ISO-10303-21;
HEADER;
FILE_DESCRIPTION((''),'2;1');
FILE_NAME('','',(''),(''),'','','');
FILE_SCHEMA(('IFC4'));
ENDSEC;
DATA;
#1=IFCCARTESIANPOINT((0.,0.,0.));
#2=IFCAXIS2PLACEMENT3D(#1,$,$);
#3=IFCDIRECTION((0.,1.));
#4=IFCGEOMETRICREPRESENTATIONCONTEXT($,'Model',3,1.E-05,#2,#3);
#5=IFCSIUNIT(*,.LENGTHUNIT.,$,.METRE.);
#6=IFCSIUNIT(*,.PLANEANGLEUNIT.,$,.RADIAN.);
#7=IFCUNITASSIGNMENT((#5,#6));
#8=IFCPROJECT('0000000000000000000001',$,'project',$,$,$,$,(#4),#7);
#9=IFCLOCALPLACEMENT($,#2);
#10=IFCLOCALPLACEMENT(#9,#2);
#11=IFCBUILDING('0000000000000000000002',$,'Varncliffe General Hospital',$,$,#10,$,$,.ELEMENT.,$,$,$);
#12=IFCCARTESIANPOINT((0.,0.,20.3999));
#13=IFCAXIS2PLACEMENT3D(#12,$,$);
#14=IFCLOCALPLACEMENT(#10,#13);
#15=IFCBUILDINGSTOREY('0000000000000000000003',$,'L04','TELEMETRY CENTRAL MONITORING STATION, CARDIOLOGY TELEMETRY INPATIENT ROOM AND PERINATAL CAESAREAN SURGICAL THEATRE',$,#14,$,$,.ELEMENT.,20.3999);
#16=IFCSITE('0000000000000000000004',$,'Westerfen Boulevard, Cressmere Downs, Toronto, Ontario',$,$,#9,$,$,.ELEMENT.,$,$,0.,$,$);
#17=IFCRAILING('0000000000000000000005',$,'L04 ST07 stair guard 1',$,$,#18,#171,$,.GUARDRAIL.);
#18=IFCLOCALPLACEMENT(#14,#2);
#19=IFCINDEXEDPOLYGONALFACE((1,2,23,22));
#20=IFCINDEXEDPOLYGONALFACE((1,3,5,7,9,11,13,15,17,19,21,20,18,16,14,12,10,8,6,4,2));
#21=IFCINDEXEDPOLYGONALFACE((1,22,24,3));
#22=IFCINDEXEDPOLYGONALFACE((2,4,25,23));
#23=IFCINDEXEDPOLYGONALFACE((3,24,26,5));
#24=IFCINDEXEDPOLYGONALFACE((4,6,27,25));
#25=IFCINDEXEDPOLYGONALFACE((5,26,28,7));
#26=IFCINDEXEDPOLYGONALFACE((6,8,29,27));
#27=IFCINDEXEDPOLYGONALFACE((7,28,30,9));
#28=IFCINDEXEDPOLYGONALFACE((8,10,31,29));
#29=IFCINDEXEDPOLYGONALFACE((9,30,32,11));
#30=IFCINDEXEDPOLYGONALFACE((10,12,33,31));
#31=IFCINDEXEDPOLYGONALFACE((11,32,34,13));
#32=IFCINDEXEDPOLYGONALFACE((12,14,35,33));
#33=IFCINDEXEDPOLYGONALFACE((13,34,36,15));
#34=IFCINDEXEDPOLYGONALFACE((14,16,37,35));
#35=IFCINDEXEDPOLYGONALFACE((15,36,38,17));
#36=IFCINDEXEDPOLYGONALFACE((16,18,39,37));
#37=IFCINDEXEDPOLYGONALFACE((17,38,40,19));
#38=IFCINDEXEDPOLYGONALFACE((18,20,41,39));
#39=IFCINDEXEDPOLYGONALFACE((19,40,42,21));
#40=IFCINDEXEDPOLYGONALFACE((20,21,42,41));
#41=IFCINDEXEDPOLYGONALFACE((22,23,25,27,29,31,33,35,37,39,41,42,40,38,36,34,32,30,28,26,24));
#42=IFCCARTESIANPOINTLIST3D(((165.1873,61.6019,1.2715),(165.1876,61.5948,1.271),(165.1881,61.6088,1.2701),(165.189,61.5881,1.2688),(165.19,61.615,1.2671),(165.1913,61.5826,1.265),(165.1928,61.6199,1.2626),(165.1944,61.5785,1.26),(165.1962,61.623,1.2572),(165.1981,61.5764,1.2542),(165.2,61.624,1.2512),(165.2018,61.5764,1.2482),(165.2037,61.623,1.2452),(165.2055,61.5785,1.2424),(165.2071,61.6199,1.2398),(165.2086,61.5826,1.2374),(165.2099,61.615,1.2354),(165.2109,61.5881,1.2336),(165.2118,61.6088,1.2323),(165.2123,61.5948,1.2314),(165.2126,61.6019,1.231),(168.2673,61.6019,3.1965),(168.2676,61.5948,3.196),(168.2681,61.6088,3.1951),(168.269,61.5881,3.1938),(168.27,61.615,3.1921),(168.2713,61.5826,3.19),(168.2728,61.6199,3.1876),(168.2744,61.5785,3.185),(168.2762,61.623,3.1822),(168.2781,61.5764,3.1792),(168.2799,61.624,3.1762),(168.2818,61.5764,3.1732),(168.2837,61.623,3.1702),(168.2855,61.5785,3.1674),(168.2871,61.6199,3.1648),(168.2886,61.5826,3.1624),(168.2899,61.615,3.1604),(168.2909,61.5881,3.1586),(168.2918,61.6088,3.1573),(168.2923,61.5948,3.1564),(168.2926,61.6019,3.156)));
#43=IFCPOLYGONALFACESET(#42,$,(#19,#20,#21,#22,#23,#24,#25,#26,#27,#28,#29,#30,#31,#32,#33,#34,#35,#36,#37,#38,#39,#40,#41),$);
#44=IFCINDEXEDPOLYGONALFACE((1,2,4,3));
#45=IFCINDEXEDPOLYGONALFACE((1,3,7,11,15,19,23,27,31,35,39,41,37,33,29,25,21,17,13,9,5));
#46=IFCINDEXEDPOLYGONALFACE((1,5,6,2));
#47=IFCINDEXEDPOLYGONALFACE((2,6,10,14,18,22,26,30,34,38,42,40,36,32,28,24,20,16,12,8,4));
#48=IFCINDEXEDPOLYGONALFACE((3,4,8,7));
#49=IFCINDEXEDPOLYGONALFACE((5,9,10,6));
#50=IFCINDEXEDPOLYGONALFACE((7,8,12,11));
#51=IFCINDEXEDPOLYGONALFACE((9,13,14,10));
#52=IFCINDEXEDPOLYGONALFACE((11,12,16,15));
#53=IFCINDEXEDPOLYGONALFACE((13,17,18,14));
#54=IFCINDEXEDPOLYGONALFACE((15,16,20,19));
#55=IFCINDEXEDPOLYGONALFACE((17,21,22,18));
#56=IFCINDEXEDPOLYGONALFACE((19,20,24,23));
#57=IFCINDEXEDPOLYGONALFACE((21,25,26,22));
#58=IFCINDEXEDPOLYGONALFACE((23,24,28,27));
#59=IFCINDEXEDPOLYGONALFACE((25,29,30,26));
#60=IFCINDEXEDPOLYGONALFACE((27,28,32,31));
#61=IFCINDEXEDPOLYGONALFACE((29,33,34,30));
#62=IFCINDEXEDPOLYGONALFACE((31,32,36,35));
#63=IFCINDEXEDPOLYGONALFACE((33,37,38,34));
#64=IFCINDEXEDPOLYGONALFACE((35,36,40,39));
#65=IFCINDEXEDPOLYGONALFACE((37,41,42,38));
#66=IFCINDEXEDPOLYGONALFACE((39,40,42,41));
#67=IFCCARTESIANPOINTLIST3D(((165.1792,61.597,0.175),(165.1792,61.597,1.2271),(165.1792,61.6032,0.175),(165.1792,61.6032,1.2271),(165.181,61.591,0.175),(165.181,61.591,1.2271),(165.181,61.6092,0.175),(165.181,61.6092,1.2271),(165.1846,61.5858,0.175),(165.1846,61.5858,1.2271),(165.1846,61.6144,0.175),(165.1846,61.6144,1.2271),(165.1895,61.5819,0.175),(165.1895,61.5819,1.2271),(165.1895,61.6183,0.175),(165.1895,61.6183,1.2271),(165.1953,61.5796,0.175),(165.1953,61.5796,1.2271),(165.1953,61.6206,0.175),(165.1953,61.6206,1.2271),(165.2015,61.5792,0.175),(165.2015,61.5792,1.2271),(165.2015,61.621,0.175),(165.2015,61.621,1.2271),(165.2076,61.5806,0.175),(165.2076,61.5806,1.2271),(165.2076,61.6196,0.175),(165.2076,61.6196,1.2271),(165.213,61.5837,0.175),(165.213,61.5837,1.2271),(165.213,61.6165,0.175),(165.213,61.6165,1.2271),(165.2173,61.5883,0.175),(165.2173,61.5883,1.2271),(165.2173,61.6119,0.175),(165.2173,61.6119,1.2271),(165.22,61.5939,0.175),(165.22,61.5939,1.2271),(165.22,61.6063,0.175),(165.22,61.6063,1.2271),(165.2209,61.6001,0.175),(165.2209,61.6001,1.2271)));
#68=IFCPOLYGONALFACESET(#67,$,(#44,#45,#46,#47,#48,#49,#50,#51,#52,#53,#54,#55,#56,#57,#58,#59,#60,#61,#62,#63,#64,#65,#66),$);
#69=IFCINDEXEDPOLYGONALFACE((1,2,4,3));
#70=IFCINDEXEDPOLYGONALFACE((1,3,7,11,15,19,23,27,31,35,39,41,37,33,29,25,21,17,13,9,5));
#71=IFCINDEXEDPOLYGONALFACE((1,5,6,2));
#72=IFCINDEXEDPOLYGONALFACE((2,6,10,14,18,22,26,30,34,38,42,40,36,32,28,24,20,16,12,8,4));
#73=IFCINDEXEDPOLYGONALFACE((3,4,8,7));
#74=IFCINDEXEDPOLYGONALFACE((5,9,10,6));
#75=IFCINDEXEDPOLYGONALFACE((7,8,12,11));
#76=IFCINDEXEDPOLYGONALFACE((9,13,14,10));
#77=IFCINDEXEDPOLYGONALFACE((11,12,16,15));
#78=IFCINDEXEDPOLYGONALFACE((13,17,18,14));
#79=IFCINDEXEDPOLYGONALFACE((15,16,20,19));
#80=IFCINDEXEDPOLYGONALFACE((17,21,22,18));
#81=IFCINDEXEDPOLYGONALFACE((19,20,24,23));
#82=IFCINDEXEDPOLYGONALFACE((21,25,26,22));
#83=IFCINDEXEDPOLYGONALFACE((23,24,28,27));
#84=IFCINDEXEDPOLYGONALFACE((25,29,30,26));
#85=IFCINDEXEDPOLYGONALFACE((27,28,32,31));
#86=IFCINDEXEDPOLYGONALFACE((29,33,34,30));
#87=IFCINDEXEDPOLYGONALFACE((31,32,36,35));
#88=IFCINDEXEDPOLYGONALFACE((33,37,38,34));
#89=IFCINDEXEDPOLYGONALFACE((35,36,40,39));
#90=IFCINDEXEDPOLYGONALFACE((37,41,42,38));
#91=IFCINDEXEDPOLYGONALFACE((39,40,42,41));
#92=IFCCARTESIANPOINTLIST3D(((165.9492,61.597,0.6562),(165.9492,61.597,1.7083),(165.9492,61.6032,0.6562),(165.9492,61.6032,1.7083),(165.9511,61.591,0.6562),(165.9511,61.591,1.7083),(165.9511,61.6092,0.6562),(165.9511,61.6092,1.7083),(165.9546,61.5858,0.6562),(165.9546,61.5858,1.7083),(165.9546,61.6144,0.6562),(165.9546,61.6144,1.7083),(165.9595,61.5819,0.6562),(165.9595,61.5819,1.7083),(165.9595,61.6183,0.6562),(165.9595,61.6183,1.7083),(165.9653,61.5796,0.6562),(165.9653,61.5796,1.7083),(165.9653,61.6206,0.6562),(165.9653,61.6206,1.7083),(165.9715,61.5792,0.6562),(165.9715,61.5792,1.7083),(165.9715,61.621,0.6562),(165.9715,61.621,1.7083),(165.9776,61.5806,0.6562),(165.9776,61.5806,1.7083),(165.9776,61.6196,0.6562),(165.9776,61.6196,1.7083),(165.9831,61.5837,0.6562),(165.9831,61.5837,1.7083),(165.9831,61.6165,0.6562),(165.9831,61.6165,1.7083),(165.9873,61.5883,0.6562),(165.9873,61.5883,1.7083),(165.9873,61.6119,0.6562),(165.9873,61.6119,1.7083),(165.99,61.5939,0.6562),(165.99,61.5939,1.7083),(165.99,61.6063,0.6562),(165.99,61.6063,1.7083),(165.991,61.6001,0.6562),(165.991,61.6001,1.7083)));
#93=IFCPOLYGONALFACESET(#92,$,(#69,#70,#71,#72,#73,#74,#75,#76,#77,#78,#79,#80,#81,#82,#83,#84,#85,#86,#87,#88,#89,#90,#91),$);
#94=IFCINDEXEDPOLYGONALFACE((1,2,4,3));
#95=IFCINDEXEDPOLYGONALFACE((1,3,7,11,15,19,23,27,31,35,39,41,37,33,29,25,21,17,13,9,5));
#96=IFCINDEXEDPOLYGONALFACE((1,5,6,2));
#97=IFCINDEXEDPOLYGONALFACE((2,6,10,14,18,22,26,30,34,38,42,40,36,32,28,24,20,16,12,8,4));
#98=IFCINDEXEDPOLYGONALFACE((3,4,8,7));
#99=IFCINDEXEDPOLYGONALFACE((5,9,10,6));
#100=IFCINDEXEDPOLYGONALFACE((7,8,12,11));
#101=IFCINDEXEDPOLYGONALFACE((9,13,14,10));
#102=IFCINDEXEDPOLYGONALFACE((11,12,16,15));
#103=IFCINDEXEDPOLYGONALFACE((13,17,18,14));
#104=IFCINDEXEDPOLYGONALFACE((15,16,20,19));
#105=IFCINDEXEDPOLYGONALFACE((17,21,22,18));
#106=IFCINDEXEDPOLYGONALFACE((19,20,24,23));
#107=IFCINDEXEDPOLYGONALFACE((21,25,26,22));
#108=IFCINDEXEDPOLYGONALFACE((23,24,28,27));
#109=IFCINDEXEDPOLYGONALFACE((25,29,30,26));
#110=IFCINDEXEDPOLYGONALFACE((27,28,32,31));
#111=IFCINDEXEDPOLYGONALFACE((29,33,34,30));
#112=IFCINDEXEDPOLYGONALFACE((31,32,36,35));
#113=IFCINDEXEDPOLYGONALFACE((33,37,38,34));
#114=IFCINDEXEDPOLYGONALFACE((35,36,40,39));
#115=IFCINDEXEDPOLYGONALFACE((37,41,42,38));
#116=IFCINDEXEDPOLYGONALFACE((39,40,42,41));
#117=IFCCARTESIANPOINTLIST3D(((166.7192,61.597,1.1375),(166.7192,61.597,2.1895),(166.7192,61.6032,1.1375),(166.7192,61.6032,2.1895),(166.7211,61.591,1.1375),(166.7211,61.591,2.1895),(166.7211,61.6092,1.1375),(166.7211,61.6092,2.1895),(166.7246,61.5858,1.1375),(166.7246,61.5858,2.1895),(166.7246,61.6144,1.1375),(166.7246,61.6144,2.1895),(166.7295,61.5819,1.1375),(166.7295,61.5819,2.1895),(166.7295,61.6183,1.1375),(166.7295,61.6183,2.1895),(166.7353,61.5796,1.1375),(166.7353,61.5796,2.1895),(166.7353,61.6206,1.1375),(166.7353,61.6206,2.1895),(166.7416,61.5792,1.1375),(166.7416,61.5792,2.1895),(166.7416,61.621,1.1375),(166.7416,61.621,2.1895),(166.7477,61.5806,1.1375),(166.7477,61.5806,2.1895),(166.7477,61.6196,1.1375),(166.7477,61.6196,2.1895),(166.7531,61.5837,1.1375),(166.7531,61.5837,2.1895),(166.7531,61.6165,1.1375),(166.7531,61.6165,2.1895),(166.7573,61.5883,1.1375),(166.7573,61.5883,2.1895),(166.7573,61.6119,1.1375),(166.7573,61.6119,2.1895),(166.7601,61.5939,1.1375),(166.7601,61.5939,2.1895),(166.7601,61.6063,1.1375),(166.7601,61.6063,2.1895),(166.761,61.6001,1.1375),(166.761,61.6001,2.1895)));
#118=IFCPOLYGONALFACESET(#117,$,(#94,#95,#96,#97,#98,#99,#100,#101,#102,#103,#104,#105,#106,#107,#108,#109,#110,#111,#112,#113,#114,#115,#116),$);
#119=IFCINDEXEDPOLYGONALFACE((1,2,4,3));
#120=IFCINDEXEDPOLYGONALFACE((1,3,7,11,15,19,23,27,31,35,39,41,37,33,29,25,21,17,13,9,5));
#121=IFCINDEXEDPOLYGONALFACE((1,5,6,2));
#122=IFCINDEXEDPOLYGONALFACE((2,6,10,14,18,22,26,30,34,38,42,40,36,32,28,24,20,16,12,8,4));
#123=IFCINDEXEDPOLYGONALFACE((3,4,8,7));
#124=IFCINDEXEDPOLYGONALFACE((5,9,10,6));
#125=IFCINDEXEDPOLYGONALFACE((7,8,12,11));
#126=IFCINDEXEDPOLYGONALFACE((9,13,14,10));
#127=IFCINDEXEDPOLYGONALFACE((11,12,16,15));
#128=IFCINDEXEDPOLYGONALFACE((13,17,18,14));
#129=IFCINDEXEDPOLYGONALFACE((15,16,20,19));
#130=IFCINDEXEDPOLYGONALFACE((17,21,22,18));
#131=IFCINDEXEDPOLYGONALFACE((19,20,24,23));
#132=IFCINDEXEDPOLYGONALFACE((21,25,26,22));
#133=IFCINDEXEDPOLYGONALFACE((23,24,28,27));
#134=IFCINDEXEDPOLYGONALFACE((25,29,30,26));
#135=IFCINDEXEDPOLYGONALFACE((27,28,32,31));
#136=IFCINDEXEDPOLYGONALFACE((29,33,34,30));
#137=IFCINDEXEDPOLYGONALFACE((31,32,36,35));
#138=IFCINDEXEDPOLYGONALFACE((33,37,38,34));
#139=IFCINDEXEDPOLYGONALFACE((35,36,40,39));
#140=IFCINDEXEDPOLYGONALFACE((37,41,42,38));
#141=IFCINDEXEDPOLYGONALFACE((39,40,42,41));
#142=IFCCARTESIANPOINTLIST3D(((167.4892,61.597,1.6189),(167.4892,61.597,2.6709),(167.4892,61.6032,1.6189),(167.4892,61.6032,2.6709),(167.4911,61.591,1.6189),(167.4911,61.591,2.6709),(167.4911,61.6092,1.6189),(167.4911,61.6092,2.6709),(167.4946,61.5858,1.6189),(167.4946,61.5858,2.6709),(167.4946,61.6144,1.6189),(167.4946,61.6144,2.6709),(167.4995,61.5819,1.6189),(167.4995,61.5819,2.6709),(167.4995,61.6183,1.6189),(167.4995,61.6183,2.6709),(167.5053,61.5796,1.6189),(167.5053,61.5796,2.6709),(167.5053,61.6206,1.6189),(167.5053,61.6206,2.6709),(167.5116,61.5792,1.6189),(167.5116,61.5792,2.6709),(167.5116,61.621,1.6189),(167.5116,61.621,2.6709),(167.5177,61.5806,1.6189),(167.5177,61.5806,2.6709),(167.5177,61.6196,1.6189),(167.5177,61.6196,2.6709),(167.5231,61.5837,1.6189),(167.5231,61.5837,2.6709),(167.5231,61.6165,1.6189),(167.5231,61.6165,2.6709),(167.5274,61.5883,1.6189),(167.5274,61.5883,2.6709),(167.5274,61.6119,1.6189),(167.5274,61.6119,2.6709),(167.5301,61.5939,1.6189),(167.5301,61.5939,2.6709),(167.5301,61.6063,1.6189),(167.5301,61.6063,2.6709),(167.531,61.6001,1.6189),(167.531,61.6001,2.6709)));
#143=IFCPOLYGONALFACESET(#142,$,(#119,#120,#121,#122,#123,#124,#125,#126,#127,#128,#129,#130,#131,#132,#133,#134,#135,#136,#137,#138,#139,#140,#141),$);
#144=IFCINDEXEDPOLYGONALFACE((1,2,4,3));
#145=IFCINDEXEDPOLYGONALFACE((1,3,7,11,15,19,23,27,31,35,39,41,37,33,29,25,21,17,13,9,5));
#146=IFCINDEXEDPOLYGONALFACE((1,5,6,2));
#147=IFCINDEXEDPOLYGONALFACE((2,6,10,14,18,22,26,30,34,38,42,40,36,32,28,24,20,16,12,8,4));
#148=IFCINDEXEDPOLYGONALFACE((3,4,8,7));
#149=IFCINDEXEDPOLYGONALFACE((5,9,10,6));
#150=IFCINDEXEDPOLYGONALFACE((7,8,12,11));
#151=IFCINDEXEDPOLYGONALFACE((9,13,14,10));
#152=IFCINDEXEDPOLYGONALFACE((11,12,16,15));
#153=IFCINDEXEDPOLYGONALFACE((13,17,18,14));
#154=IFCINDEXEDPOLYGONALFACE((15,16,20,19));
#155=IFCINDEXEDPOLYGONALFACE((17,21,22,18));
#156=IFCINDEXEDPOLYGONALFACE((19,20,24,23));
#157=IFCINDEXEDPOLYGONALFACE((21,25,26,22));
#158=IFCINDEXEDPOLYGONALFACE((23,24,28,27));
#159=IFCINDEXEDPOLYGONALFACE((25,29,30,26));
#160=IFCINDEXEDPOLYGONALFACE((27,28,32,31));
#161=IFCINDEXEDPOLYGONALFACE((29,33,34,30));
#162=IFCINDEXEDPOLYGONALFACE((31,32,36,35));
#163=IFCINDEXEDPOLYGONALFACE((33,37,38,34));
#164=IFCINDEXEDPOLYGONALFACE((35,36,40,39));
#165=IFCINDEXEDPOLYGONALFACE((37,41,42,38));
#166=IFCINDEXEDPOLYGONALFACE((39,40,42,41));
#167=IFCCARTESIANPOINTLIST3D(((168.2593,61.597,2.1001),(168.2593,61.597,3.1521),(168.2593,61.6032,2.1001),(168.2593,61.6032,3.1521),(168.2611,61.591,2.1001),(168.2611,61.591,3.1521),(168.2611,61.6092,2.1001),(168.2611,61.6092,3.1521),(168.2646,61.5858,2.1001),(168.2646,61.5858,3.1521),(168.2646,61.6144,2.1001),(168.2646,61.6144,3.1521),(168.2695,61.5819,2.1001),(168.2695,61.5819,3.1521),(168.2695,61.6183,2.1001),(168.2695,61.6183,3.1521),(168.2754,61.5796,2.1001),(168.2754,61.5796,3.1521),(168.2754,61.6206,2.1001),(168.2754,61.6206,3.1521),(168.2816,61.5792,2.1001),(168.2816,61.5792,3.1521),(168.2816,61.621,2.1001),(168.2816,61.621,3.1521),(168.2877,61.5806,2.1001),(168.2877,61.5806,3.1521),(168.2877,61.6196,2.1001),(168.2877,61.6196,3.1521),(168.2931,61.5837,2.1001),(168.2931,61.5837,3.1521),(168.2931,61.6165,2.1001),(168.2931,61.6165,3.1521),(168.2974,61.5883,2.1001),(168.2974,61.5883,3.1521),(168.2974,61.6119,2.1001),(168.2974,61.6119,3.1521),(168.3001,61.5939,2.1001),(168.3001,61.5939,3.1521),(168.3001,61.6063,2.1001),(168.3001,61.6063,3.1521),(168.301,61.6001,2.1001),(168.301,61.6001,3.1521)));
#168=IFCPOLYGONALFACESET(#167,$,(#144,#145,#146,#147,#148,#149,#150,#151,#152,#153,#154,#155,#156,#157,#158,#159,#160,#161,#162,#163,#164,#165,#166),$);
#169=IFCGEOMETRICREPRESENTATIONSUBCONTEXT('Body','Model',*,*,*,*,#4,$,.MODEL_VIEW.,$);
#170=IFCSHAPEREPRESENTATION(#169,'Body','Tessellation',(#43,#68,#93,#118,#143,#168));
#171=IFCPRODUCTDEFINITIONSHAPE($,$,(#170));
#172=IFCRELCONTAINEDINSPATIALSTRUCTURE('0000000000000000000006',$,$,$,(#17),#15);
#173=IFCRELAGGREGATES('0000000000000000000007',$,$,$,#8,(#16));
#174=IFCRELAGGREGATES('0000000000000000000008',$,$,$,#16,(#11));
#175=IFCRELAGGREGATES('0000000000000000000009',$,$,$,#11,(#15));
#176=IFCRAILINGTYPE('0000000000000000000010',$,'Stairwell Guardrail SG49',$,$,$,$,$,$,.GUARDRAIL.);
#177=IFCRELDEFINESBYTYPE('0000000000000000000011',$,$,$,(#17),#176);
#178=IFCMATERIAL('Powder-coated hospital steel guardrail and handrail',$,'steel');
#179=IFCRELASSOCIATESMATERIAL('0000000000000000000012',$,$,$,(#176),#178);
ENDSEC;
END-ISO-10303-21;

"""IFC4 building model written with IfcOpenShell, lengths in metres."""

from ifc_helpers import new_model, si_unit, direction, frame, origin, origin_2d, place, context, subcontext, project, spatial, circle, extrude, material, type_object, element, save


model = new_model("IFC4")

# Units and contexts
model_context = context("Model", 3, precision=1e-05, world=origin(), true_north=direction((0.0, 1.0)))
body_context = subcontext(model_context, "Body", "Model", "MODEL_VIEW")
ifc_project = project(units=[si_unit("LENGTHUNIT", "METRE"), si_unit("PLANEANGLEUNIT", "RADIAN")], contexts=[model_context])

# Site, building, storey
site_placement = place(None, origin())
site = spatial("IfcSite", under=ifc_project, at=site_placement, Name="Westerfen Boulevard, Cressmere Downs, Toronto, Ontario", CompositionType="ELEMENT", RefElevation=0.0)
building_placement = place(site_placement, origin())
building = spatial("IfcBuilding", under=site, at=building_placement, Name="Varncliffe General Hospital", CompositionType="ELEMENT")
storey_placement = place(building_placement, frame((0.0, 0.0, 20.3999)))
storey = spatial("IfcBuildingStorey", under=building, at=storey_placement, Name="L04", Description="TELEMETRY CENTRAL MONITORING STATION, CARDIOLOGY TELEMETRY INPATIENT ROOM AND PERINATAL CAESAREAN SURGICAL THEATRE", CompositionType="ELEMENT", Elevation=20.3999)

# Railing
ifc_material_1 = material(Name="Powder-coated hospital steel guardrail and handrail", Category="steel")
railing_type_1 = type_object("IfcRailingType", Name="Stairwell Guardrail SG49", PredefinedType="GUARDRAIL", material=ifc_material_1)
railing_1_placement = place(storey_placement, frame((165.2, 61.6001, 0.175)))
element("IfcRailing", 1, at=railing_1_placement, inside=storey, type_object=railing_type_1, Name="L04 ST07 stair guard 1", PredefinedType="GUARDRAIL", context=body_context, shape_type="SweptSolid", body=[
    extrude(circle(Radius=0.0239, at=origin_2d()), frame((0.0, 0.0, 1.0762), z_axis=(0.847998, 0.0, 0.529999), x_axis=(0.0, 1.0, 0.0)), (0.0, 0.0, 1.0), 3.6321),
    extrude(circle(Radius=0.021, at=origin_2d()), origin(), (0.0, 0.0, 1.0), 1.052),
    extrude(circle(Radius=0.021, at=origin_2d()), frame((0.77, 0.0, 0.4812)), (0.0, 0.0, 1.0), 1.052),
    extrude(circle(Radius=0.021, at=origin_2d()), frame((1.54, 0.0, 0.9624)), (0.0, 0.0, 1.0), 1.052),
    extrude(circle(Radius=0.021, at=origin_2d()), frame((2.3101, 0.0, 1.4438)), (0.0, 0.0, 1.0), 1.052),
    extrude(circle(Radius=0.021, at=origin_2d()), frame((3.0801, 0.0, 1.925)), (0.0, 0.0, 1.0), 1.052),
])

save(model, "model.ifc")
